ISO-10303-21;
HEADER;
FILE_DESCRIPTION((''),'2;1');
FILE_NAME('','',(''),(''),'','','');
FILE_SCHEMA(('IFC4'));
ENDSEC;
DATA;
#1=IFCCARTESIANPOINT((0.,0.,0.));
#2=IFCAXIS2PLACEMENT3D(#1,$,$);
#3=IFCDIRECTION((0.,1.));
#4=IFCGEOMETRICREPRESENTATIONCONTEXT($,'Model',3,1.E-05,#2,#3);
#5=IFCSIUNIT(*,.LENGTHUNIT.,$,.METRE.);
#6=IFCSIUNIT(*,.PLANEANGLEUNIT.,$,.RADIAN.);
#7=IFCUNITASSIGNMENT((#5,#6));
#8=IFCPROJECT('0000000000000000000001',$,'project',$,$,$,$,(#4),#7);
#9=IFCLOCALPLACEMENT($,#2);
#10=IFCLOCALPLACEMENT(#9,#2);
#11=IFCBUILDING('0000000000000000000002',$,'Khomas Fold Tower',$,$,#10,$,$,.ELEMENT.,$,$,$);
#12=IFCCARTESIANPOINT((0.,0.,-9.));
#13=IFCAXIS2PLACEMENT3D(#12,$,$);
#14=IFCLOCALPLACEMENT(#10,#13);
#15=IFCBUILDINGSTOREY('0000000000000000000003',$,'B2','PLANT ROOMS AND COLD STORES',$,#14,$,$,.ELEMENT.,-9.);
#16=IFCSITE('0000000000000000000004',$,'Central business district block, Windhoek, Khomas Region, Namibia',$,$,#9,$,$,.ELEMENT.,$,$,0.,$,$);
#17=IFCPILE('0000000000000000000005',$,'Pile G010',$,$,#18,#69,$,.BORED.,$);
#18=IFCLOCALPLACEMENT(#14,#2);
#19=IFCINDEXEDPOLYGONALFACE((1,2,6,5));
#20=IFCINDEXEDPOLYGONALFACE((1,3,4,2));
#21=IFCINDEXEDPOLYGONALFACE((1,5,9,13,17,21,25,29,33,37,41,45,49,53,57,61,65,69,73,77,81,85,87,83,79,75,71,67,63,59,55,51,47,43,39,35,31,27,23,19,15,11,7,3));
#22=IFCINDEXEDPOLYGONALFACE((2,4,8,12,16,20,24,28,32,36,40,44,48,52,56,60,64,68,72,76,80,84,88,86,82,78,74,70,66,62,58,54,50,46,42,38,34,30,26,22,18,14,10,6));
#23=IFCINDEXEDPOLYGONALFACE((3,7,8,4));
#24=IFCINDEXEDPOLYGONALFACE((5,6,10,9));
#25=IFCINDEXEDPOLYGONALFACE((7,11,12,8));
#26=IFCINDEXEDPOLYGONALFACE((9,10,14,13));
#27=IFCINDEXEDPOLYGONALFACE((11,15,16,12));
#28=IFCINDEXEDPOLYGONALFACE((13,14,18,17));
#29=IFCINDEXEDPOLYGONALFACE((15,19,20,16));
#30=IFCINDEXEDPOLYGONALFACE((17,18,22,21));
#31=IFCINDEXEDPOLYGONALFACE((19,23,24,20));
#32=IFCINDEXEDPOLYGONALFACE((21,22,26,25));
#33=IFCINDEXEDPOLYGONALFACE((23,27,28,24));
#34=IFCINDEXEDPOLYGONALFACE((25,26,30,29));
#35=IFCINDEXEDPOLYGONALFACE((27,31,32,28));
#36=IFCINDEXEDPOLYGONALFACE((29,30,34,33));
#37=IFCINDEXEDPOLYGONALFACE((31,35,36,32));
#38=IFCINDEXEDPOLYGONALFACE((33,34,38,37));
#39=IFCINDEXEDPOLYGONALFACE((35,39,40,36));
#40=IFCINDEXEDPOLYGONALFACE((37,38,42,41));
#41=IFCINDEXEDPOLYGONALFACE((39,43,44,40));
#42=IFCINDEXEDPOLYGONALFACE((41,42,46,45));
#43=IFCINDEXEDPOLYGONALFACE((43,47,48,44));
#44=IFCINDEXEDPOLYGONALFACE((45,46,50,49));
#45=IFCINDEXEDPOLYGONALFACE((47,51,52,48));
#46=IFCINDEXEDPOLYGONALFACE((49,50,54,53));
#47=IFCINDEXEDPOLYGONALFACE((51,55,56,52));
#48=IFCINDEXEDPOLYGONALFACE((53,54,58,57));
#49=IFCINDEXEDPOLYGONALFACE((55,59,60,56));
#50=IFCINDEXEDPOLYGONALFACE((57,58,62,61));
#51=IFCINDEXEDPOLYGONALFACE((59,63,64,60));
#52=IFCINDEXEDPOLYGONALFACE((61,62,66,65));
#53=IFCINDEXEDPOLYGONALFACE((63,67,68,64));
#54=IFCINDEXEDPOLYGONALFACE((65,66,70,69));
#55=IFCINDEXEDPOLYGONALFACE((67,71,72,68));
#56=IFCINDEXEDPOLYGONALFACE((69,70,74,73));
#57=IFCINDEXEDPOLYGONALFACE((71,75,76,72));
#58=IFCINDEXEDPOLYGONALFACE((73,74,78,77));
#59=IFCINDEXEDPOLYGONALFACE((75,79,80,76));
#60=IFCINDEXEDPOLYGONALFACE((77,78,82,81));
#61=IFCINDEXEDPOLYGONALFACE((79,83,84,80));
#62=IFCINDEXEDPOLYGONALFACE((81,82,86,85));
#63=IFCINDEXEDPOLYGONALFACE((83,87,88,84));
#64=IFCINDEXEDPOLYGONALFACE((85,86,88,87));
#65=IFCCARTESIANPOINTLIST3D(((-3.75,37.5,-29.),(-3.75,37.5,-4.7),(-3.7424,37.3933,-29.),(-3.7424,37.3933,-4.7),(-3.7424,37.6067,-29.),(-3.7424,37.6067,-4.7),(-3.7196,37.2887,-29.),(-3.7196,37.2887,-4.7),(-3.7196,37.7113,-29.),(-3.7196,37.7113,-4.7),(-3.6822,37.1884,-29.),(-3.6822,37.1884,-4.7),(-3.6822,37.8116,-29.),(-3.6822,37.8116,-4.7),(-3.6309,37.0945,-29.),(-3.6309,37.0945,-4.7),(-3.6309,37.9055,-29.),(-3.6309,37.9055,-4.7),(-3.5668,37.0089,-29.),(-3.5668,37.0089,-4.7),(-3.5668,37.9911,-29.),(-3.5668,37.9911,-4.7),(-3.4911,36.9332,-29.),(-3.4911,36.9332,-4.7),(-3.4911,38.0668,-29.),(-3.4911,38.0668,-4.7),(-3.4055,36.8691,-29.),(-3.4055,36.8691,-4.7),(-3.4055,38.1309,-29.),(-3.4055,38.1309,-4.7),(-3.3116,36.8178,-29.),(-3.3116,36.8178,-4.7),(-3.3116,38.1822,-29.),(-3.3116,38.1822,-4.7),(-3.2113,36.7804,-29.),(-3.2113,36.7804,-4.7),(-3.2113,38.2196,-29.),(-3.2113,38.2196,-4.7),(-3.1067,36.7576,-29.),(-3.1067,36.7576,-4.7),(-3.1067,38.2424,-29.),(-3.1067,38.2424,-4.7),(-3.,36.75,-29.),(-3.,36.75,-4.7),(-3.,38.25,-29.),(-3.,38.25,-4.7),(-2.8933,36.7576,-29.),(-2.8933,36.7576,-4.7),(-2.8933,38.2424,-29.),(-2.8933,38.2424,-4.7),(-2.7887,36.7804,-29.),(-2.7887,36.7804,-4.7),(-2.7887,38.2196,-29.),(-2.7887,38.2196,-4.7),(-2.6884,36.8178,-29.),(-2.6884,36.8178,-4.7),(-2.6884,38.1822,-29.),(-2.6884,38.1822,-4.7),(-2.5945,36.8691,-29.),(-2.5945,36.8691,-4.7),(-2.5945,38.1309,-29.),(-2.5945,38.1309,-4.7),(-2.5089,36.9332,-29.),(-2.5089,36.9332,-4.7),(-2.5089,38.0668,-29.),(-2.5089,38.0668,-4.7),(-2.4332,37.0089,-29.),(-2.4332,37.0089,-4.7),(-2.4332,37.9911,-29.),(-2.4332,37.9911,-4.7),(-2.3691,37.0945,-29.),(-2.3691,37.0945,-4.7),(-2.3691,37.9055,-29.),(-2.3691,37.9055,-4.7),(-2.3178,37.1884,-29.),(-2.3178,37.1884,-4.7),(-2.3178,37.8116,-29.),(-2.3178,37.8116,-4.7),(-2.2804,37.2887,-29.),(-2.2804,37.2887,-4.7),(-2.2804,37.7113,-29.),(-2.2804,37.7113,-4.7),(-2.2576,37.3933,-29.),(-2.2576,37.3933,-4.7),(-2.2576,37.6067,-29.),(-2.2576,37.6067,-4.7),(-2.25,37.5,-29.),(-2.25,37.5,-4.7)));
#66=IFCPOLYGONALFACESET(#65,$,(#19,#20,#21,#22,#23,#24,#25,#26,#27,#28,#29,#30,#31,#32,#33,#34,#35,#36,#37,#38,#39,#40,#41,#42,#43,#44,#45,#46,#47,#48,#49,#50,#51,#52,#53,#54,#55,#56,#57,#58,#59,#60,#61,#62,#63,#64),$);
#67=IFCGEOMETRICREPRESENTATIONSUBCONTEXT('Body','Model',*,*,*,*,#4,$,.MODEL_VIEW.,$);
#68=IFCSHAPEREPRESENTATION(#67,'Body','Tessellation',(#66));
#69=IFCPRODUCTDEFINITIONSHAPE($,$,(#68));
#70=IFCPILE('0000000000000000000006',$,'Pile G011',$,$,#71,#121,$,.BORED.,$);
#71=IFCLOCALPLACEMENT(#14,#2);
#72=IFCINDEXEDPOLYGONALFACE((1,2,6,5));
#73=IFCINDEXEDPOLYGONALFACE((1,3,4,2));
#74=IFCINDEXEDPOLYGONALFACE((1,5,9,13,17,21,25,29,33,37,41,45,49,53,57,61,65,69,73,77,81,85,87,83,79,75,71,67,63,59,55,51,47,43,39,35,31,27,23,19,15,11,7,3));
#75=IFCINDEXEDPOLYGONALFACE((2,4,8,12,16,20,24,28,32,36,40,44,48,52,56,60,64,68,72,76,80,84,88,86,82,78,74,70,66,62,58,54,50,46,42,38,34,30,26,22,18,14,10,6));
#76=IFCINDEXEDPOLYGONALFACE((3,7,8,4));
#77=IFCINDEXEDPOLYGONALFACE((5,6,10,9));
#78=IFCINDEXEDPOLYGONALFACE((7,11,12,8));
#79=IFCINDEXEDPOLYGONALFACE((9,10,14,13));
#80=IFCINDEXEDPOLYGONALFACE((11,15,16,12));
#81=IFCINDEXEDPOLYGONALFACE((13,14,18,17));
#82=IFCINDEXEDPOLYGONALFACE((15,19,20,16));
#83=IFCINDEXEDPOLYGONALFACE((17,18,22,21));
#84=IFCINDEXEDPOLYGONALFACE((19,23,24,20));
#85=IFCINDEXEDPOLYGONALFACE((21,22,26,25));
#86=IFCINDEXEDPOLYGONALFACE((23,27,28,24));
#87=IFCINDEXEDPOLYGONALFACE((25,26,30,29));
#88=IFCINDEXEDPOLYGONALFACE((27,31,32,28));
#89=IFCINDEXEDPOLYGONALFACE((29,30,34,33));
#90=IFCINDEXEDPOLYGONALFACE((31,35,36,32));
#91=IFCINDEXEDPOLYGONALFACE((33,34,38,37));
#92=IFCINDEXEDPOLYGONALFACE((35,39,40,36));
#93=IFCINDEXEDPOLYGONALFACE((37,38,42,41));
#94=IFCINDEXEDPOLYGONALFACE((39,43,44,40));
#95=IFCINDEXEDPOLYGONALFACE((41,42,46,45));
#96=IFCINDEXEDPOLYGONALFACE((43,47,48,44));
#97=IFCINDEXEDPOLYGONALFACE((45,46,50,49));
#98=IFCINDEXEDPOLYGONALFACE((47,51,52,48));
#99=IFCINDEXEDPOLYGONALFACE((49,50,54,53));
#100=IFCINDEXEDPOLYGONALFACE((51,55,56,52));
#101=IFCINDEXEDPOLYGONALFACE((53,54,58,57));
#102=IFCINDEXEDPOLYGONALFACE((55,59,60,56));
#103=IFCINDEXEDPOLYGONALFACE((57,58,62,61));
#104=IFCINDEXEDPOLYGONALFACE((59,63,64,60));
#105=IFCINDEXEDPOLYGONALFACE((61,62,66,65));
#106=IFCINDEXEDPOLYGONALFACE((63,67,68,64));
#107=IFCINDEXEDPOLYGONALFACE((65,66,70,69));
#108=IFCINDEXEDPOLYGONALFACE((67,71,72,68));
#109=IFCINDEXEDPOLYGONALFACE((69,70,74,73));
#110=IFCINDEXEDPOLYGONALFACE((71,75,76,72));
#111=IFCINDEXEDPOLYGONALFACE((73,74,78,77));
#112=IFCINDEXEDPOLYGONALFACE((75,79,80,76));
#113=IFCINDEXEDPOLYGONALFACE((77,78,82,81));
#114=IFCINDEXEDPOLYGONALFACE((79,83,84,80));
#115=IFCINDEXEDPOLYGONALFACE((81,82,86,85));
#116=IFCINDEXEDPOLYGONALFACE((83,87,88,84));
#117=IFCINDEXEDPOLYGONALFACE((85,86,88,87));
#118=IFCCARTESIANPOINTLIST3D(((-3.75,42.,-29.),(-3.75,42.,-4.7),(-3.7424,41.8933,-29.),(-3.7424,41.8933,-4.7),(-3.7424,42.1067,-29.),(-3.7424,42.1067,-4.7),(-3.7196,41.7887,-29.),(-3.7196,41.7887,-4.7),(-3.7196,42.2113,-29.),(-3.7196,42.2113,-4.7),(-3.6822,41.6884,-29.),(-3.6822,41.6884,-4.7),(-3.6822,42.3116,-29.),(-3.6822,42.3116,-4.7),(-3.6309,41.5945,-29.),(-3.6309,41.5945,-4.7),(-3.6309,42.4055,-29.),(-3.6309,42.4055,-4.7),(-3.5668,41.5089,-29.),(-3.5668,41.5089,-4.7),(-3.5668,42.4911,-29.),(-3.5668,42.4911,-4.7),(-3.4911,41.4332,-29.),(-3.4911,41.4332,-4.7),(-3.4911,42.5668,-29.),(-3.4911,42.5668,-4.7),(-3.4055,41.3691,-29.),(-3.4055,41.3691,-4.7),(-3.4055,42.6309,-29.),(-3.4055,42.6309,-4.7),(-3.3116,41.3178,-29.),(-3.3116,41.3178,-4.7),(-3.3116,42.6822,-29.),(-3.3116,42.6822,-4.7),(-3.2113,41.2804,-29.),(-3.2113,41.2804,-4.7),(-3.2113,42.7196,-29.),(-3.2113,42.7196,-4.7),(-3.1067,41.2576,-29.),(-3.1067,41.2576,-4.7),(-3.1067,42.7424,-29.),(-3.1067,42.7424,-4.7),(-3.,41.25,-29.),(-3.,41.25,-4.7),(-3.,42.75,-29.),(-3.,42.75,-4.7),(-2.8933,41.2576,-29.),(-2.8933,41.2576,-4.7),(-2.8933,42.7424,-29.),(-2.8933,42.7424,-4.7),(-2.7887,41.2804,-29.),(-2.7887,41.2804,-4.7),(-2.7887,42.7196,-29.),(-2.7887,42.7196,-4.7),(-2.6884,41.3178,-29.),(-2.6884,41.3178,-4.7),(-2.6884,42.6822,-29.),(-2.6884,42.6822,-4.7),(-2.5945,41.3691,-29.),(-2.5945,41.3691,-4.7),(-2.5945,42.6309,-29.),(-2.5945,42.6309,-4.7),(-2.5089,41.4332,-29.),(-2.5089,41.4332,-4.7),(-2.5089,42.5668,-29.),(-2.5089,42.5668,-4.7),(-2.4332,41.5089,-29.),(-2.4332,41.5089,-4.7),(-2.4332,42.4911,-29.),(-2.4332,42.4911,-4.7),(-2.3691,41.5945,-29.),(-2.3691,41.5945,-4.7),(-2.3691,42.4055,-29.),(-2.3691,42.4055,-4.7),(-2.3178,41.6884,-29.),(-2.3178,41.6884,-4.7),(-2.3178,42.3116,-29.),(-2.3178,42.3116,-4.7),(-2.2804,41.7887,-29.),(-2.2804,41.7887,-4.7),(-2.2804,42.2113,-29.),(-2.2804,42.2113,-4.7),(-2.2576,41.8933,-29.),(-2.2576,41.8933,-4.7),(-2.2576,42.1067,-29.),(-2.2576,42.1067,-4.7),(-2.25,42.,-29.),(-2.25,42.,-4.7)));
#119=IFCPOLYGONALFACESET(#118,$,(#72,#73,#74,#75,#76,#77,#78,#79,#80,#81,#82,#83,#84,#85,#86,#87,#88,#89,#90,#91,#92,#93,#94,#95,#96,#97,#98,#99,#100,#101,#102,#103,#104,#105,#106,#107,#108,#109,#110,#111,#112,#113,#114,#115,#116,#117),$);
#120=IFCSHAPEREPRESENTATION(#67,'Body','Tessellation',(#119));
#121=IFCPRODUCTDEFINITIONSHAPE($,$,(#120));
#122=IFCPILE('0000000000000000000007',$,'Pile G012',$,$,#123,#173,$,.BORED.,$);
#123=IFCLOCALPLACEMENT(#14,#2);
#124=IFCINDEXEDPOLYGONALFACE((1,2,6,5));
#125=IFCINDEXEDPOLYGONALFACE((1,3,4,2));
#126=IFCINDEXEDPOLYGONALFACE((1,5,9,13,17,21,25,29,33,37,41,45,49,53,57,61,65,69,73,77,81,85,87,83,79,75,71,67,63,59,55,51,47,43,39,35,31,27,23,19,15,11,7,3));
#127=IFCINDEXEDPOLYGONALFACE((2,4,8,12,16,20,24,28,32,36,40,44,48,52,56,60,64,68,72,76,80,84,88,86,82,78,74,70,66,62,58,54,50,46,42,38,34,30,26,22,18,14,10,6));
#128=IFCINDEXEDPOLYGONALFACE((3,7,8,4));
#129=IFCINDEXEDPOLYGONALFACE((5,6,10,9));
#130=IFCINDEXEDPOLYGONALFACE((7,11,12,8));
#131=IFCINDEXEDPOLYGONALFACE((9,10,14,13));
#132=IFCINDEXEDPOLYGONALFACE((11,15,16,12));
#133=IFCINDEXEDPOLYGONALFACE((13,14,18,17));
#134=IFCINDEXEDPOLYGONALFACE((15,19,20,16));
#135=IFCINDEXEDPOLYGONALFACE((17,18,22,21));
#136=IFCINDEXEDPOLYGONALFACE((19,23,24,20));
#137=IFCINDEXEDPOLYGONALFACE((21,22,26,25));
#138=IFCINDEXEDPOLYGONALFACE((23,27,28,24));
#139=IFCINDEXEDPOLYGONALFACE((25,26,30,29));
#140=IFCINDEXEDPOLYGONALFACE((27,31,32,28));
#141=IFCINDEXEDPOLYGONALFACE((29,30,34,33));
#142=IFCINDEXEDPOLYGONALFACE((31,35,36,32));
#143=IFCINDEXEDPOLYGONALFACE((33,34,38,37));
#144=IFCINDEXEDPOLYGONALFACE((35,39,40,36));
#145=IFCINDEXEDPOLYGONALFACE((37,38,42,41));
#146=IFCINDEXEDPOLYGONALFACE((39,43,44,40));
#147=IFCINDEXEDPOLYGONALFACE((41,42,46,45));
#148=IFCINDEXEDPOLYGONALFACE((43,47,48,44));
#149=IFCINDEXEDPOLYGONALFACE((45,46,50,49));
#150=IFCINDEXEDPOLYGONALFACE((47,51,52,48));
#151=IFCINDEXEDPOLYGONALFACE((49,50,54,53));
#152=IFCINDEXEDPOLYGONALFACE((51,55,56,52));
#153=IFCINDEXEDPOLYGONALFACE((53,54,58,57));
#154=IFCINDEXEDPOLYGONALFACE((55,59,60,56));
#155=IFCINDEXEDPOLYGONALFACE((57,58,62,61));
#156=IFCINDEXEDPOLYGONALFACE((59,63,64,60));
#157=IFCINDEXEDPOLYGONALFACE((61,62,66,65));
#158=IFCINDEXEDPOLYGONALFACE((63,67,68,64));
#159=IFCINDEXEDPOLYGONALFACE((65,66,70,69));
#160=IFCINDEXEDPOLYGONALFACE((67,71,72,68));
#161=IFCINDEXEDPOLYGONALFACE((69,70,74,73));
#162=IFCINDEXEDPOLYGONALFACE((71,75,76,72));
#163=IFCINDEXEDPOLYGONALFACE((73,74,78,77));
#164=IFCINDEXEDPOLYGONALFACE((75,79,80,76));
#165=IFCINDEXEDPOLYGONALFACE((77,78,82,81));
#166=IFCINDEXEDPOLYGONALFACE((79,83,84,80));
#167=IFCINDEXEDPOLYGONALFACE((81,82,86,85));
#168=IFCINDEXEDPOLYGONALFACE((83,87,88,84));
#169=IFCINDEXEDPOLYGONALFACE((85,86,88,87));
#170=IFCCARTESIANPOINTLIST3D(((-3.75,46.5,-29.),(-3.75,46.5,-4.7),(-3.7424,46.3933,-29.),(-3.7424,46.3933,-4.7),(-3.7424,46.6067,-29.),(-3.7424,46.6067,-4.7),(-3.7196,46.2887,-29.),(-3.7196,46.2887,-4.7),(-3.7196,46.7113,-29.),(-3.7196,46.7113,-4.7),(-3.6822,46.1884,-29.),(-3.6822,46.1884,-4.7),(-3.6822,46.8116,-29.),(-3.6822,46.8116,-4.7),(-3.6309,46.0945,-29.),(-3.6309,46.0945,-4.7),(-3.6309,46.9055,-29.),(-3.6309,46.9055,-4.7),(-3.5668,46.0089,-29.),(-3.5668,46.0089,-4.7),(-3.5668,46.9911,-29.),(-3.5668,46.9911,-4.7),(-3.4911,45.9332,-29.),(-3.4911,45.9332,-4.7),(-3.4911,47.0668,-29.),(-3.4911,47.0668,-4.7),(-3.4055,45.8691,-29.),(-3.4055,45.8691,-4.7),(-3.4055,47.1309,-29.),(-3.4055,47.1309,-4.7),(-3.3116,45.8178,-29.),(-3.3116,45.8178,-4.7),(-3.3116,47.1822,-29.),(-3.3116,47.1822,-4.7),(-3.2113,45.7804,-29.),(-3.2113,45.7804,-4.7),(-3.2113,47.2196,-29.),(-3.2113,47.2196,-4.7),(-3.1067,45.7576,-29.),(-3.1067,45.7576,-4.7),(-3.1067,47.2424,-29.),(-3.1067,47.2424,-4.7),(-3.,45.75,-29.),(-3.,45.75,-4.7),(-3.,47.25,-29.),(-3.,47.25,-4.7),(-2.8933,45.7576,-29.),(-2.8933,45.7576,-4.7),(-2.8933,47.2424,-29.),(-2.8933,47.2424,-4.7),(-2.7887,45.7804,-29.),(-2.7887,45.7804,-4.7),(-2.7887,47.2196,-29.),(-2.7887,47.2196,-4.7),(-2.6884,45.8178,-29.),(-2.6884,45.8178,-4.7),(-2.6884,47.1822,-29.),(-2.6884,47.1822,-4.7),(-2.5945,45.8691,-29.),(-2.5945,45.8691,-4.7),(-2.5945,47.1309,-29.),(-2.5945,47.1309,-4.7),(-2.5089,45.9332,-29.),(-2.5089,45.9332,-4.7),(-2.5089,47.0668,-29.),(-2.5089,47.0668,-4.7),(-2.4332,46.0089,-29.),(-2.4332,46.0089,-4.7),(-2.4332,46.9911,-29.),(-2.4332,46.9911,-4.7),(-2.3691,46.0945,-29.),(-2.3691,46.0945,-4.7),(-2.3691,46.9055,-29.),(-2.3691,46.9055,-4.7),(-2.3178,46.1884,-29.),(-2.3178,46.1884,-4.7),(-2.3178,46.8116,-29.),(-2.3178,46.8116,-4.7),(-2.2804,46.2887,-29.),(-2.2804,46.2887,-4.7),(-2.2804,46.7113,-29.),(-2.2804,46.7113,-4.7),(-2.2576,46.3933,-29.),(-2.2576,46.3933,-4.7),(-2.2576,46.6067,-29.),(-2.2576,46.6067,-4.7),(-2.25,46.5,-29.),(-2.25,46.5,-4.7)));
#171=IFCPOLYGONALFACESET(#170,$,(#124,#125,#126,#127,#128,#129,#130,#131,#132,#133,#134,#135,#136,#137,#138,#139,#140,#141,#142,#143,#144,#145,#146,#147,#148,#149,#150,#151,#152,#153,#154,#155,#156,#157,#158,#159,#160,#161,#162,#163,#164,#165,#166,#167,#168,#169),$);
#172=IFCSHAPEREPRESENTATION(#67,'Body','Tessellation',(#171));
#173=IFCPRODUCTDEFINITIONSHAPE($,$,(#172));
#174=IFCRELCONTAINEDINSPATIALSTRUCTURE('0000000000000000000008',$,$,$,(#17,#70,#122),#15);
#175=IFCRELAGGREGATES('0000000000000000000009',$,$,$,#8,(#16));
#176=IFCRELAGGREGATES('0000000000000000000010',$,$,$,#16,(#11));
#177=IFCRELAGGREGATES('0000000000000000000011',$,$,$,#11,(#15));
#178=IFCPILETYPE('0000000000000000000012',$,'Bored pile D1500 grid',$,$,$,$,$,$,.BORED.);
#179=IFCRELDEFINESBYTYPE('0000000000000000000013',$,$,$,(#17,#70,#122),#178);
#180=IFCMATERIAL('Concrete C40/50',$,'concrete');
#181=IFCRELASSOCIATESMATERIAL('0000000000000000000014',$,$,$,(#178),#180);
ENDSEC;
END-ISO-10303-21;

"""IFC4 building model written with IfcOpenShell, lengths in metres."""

from ifc_helpers import new_model, si_unit, direction, frame, origin, origin_2d, place, context, subcontext, project, spatial, circle, extrude, source, transform, mapped, material, material_profile, profile_set, type_object, element, save


model = new_model("IFC4")

# Units and contexts
model_context = context("Model", 3, precision=1e-05, world=origin(), true_north=direction((0.0, 1.0)))
body_context = subcontext(model_context, "Body", "Model", "MODEL_VIEW")
ifc_project = project(units=[si_unit("LENGTHUNIT", "METRE"), si_unit("PLANEANGLEUNIT", "RADIAN")], contexts=[model_context])

# Site, building, storey
site_placement = place(None, origin())
site = spatial("IfcSite", under=ifc_project, at=site_placement, Name="Central business district block, Windhoek, Khomas Region, Namibia", CompositionType="ELEMENT", RefElevation=0.0)
building_placement = place(site_placement, origin())
building = spatial("IfcBuilding", under=site, at=building_placement, Name="Khomas Fold Tower", CompositionType="ELEMENT")
storey_placement = place(building_placement, frame((0.0, 0.0, -9.0)))
storey = spatial("IfcBuildingStorey", under=building, at=storey_placement, Name="B2", Description="PLANT ROOMS AND COLD STORES", CompositionType="ELEMENT", Elevation=-9.0)

# Piles
ifc_material_1 = material(Name="Concrete C40/50", Category="concrete")
ifc_material_profile_1 = material_profile(ifc_material_1, circle(Radius=0.75, at=origin_2d()), Name="PILE D1500")
ifc_profile_set_1 = profile_set([ifc_material_profile_1], Name="Concrete C40/50")
pile_type = type_object("IfcPileType", Name="Bored pile D1500 grid", PredefinedType="BORED", material=ifc_profile_set_1)
shared_shape_1 = source(origin(), body_context, "Body", "SweptSolid", [
    extrude(circle(Radius=0.75, at=origin_2d()), origin(), (0.0, 0.0, 1.0), 24.3),
])
for number, where, z_axis, x_axis, name in (
    (1, (-3.0, 37.5, -4.7), (0.0, 0.0, -1.0), (1.0, 0.0, 0.0), "Pile G010"),
    (2, (-3.0, 42.0, -4.7), (0.0, 0.0, -1.0), (1.0, 0.0, 0.0), "Pile G011"),
    (3, (-3.0, 46.5, -4.7), (0.0, 0.0, -1.0), (1.0, 0.0, 0.0), "Pile G012"),
):
    element("IfcPile", number, at=place(storey_placement, frame(where, z_axis=z_axis, x_axis=x_axis)), inside=storey, type_object=pile_type, Name=name, PredefinedType="BORED", context=body_context, shape_type="MappedRepresentation", body=[
        mapped(shared_shape_1, transform((0.0, 0.0, 0.0))),
    ])

save(model, "model.ifc")
